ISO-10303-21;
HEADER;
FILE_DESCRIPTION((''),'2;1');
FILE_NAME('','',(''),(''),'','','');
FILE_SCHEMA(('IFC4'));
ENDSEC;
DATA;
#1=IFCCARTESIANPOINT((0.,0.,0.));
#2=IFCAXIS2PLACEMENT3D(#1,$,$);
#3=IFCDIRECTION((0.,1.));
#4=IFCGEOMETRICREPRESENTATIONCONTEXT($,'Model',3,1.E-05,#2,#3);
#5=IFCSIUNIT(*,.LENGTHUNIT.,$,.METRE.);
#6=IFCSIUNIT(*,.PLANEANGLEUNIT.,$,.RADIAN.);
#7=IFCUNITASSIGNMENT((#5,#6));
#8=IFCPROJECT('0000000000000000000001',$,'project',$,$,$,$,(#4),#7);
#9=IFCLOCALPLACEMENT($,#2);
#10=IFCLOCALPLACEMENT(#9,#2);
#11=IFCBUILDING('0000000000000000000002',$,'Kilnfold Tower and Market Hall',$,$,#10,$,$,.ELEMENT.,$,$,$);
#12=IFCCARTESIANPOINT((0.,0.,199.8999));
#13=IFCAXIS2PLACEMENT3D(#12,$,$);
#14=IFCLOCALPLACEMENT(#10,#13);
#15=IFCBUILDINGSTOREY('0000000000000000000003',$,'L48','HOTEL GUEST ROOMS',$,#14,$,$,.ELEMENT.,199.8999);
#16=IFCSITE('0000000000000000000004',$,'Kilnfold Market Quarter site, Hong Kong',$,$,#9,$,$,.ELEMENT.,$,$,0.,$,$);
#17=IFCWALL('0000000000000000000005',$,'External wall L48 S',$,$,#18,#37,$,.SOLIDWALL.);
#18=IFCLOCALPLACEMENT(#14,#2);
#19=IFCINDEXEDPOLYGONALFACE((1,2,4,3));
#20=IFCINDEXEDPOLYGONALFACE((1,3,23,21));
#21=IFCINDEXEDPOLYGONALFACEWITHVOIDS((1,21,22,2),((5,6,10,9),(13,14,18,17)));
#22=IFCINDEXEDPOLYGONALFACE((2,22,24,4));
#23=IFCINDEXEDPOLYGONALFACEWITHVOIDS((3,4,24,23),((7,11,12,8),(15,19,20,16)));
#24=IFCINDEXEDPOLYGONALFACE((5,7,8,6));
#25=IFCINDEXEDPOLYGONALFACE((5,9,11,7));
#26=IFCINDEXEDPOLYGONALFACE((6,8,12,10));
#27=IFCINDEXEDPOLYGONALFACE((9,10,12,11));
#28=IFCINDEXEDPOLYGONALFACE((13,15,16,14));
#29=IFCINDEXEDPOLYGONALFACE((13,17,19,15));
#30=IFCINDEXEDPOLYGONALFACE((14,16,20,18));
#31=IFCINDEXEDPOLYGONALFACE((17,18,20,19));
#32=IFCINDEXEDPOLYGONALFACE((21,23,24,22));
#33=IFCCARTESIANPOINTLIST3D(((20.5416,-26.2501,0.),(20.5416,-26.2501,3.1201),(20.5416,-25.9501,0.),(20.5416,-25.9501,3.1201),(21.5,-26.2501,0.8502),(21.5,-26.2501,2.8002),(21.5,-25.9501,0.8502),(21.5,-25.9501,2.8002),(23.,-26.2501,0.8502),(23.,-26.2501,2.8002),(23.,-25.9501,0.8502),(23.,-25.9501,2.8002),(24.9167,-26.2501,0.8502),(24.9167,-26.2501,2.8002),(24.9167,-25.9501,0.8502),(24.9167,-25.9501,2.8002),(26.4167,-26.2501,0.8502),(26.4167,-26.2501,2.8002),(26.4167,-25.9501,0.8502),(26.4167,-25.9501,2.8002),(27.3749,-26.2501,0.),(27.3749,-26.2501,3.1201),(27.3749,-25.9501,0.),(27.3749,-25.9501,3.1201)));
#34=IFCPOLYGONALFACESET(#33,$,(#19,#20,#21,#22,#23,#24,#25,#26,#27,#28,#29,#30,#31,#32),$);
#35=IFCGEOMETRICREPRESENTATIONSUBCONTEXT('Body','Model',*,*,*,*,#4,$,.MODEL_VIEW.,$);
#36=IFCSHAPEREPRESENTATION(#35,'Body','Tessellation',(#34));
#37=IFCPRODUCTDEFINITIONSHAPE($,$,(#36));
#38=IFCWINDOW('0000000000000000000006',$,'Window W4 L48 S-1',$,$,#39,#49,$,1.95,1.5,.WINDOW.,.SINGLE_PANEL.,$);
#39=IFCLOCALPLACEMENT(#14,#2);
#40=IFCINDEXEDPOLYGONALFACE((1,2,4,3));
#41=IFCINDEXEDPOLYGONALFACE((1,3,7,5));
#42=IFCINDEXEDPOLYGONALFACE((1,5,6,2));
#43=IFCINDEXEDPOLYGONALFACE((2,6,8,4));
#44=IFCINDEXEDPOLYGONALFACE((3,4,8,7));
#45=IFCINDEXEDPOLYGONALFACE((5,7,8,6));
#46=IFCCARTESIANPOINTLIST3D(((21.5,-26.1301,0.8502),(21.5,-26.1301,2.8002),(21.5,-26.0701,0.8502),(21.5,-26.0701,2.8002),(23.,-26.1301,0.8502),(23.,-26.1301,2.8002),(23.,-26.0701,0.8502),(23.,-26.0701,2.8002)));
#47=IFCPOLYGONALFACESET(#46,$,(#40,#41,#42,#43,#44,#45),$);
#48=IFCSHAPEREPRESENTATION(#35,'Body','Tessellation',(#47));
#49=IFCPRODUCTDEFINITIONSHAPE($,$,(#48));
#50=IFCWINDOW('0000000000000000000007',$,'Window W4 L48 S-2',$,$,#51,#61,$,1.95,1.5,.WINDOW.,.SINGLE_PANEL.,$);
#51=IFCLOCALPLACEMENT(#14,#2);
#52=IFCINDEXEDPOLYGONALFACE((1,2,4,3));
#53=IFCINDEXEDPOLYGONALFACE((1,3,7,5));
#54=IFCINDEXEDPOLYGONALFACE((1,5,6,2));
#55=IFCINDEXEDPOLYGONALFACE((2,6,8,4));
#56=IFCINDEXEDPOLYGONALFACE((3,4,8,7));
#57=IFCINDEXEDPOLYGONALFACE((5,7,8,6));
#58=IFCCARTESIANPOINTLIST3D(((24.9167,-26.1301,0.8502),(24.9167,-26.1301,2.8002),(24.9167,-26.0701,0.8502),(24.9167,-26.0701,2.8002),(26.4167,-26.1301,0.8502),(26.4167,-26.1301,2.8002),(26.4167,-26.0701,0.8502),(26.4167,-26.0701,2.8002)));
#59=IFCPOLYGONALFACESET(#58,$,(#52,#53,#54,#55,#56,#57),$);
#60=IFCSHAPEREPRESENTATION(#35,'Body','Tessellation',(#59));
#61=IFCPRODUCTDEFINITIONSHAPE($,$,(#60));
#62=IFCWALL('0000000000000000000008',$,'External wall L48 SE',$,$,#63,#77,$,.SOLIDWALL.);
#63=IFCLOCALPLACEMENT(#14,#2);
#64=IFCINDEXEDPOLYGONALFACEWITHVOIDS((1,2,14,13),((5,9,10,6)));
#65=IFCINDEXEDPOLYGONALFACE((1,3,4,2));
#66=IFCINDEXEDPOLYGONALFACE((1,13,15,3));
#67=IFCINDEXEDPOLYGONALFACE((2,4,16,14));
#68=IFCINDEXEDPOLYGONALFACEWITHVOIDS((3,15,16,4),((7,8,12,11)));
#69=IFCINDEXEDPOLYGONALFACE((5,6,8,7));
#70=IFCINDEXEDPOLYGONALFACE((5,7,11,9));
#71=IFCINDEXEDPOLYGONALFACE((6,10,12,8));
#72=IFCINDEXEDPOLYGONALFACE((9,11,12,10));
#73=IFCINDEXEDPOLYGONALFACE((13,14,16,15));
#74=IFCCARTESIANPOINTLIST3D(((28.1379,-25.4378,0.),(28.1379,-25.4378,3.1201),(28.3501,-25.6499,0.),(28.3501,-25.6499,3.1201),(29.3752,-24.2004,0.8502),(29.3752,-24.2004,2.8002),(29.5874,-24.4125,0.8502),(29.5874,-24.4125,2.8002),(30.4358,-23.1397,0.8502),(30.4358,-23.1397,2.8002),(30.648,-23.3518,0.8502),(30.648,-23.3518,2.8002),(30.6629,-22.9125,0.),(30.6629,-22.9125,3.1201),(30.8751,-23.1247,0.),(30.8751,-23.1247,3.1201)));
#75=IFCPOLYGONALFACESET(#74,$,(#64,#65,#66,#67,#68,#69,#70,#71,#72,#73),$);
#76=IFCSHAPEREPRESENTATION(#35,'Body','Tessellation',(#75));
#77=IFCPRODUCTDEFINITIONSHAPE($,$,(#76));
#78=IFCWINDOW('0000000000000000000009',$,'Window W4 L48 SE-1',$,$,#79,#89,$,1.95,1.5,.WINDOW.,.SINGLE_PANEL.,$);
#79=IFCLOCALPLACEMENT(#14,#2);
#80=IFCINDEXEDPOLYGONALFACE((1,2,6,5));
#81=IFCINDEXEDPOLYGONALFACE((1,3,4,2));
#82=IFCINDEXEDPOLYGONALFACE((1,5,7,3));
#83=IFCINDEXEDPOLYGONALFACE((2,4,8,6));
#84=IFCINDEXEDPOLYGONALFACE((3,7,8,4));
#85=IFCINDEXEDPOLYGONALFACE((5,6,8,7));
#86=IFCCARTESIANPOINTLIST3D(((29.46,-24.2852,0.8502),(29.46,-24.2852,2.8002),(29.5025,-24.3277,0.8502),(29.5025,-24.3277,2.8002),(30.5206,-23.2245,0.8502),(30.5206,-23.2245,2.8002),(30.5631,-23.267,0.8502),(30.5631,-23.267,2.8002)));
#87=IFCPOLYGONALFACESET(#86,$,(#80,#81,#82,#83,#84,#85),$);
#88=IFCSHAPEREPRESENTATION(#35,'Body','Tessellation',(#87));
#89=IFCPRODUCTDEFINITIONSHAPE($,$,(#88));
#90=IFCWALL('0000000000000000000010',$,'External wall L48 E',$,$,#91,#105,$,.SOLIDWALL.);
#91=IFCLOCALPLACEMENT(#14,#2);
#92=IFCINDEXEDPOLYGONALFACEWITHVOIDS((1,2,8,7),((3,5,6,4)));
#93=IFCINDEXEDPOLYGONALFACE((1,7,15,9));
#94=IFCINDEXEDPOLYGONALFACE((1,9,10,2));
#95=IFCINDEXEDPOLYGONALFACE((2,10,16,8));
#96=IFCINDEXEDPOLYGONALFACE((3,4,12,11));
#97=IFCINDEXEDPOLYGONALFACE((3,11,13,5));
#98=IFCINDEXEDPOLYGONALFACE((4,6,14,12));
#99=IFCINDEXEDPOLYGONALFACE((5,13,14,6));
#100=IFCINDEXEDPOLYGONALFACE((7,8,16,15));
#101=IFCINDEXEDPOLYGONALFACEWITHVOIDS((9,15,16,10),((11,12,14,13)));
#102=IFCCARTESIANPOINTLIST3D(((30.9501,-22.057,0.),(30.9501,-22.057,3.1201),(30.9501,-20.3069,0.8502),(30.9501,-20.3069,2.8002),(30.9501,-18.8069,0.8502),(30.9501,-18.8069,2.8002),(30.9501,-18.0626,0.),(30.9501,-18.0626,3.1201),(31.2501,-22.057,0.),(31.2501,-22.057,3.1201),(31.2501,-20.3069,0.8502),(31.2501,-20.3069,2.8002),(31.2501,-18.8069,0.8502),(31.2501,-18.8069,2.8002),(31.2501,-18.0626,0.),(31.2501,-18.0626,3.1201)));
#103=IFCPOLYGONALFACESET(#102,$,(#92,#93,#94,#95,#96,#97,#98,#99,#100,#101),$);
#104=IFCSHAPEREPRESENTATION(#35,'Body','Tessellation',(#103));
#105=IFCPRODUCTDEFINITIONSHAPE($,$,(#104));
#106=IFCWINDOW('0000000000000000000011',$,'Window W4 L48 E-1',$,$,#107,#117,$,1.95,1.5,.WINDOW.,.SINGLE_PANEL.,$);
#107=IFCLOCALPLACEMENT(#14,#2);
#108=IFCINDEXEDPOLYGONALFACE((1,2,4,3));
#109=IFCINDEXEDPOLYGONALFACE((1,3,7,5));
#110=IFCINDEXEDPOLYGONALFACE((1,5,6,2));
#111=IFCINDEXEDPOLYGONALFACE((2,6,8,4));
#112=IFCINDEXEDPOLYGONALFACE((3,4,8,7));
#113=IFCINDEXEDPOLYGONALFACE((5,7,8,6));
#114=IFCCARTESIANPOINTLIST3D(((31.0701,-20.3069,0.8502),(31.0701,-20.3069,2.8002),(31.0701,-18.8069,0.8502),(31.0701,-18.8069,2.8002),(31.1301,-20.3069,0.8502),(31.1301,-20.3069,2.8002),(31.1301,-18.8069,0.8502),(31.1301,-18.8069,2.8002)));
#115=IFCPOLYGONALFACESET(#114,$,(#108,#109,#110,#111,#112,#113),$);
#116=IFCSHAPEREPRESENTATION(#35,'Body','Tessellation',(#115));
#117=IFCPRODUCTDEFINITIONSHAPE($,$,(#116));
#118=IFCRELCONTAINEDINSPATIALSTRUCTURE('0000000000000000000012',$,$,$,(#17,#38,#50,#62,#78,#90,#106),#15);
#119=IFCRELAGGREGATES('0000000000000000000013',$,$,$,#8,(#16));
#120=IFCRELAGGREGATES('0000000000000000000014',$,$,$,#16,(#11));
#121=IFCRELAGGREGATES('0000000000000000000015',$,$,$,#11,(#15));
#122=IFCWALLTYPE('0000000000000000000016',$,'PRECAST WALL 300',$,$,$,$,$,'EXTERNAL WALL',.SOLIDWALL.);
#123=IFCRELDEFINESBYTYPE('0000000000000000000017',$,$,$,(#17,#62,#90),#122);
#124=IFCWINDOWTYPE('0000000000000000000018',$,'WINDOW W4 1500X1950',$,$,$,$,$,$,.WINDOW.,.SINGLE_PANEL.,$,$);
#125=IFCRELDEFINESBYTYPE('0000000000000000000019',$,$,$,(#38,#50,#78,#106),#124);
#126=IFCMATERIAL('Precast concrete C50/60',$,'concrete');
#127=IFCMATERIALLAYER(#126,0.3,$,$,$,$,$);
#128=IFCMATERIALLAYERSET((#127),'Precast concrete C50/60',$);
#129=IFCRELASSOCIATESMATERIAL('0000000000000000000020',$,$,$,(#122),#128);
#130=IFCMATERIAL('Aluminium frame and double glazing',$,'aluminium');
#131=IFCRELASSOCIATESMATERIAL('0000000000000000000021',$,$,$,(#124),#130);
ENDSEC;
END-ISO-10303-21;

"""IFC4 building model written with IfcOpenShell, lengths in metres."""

from ifc_helpers import new_model, si_unit, direction, frame, frame_2d, origin, place, context, subcontext, project, spatial, rectangle, extrude, source, transform, mapped, material, layer, layer_set, type_object, element, fill, save


model = new_model("IFC4")

# Units and contexts
model_context = context("Model", 3, precision=1e-05, world=origin(), true_north=direction((0.0, 1.0)))
body_context = subcontext(model_context, "Body", "Model", "MODEL_VIEW")
ifc_project = project(units=[si_unit("LENGTHUNIT", "METRE"), si_unit("PLANEANGLEUNIT", "RADIAN")], contexts=[model_context])

# Site, building, storey
site_placement = place(None, origin())
site = spatial("IfcSite", under=ifc_project, at=site_placement, Name="Kilnfold Market Quarter site, Hong Kong", CompositionType="ELEMENT", RefElevation=0.0)
building_placement = place(site_placement, origin())
building = spatial("IfcBuilding", under=site, at=building_placement, Name="Kilnfold Tower and Market Hall", CompositionType="ELEMENT")
storey_placement = place(building_placement, frame((0.0, 0.0, 199.8999)))
storey = spatial("IfcBuildingStorey", under=building, at=storey_placement, Name="L48", Description="HOTEL GUEST ROOMS", CompositionType="ELEMENT", Elevation=199.8999)

# Wall, openings, windows
ifc_material_1 = material(Name="Precast concrete C50/60", Category="concrete")
ifc_layer_1 = layer(ifc_material_1, 0.3)
ifc_layer_set_1 = layer_set([ifc_layer_1], Name="Precast concrete C50/60")
wall_type_1 = type_object("IfcWallType", Name="PRECAST WALL 300", ElementType="EXTERNAL WALL", PredefinedType="SOLIDWALL", material=ifc_layer_set_1)
shared_shape_1 = source(origin(), body_context, "Body", "SweptSolid", [
    extrude(rectangle(XDim=6.8333, YDim=0.3, at=frame_2d((3.4165, 0.0))), origin(), (0.0, 0.0, 1.0), 3.1201),
])
wall_1_placement = place(storey_placement, frame((20.5417, -26.1001, 0.0), z_axis=(0.0, 0.0, 1.0), x_axis=(1.0, 0.0, 0.0)))
wall_1 = element("IfcWall", 1, at=wall_1_placement, inside=storey, type_object=wall_type_1, Name="External wall L48 S", PredefinedType="SOLIDWALL", context=body_context, shape_type="MappedRepresentation", body=[
    mapped(shared_shape_1, transform((0.0, 0.0, 0.0))),
])
opening_1_placement = place(wall_1_placement, frame((0.9583, 0.0, 0.8501)))
opening_1 = element("IfcOpeningElement", 2, at=opening_1_placement, cuts=wall_1, PredefinedType="OPENING", context=body_context, shape_type="SweptSolid", body=[
    extrude(rectangle(XDim=1.5, YDim=1.95, at=frame_2d((0.75, 0.9751))), frame((0.0, 0.1602, 0.0), z_axis=(0.0, -1.0, 0.0), x_axis=(1.0, 0.0, 0.0)), (0.0, 0.0, 1.0), 0.3201),
])
opening_2_placement = place(wall_1_placement, frame((4.375, 0.0, 0.8501)))
opening_2 = element("IfcOpeningElement", 3, at=opening_2_placement, cuts=wall_1, PredefinedType="OPENING", context=body_context, shape_type="SweptSolid", body=[
    extrude(rectangle(XDim=1.5, YDim=1.95, at=frame_2d((0.75, 0.9751))), frame((0.0, 0.1602, 0.0), z_axis=(0.0, -1.0, 0.0), x_axis=(1.0, 0.0, 0.0)), (0.0, 0.0, 1.0), 0.3201),
])
ifc_material_2 = material(Name="Aluminium frame and double glazing", Category="aluminium")
window_type = type_object("IfcWindowType", Name="WINDOW W4 1500X1950", PartitioningType="SINGLE_PANEL", PredefinedType="WINDOW", material=ifc_material_2)
window_1_placement = place(opening_1_placement, origin())
window_1 = element("IfcWindow", 4, at=window_1_placement, inside=storey, type_object=window_type, Name="Window W4 L48 S-1", OverallHeight=1.95, OverallWidth=1.5, PartitioningType="SINGLE_PANEL", PredefinedType="WINDOW", context=body_context, shape_type="SweptSolid", body=[
    extrude(rectangle(XDim=1.5, YDim=1.95, at=frame_2d((0.75, 0.9751))), frame((0.0, 0.03, 0.0), z_axis=(0.0, -1.0, 0.0), x_axis=(1.0, 0.0, 0.0)), (0.0, 0.0, 1.0), 0.0601),
])
fill(opening_1, window_1)
window_2_placement = place(opening_2_placement, origin())
window_2 = element("IfcWindow", 5, at=window_2_placement, inside=storey, type_object=window_type, Name="Window W4 L48 S-2", OverallHeight=1.95, OverallWidth=1.5, PartitioningType="SINGLE_PANEL", PredefinedType="WINDOW", context=body_context, shape_type="SweptSolid", body=[
    extrude(rectangle(XDim=1.5, YDim=1.95, at=frame_2d((0.75, 0.9751))), frame((0.0, 0.03, 0.0), z_axis=(0.0, -1.0, 0.0), x_axis=(1.0, 0.0, 0.0)), (0.0, 0.0, 1.0), 0.0601),
])
fill(opening_2, window_2)

# Walls, openings, windows
shared_shape_2 = source(origin(), body_context, "Body", "SweptSolid", [
    extrude(rectangle(XDim=3.571, YDim=0.3, at=frame_2d((1.7856, 0.0))), origin(), (0.0, 0.0, 1.0), 3.1201),
])
wall_2_placement = place(storey_placement, frame((28.2439, -25.5439, 0.0), z_axis=(0.0, 0.0, 1.0), x_axis=(0.707073, 0.707141, 0.0)))
wall_2 = element("IfcWall", 6, at=wall_2_placement, inside=storey, type_object=wall_type_1, Name="External wall L48 SE", PredefinedType="SOLIDWALL", context=body_context, shape_type="MappedRepresentation", body=[
    mapped(shared_shape_2, transform((0.0, 0.0, 0.0))),
])
opening_3_placement = place(wall_2_placement, frame((1.75, 0.0, 0.8501)))
opening_3 = element("IfcOpeningElement", 7, at=opening_3_placement, cuts=wall_2, PredefinedType="OPENING", context=body_context, shape_type="SweptSolid", body=[
    extrude(rectangle(XDim=1.5, YDim=1.95, at=frame_2d((0.75, 0.9751))), frame((0.0, 0.1602, 0.0), z_axis=(0.0, -1.0, 0.0), x_axis=(1.0, 0.0, 0.0)), (0.0, 0.0, 1.0), 0.3201),
])
window_3_placement = place(opening_3_placement, origin())
window_3 = element("IfcWindow", 8, at=window_3_placement, inside=storey, type_object=window_type, Name="Window W4 L48 SE-1", OverallHeight=1.95, OverallWidth=1.5, PartitioningType="SINGLE_PANEL", PredefinedType="WINDOW", context=body_context, shape_type="SweptSolid", body=[
    extrude(rectangle(XDim=1.5, YDim=1.95, at=frame_2d((0.75, 0.9751))), frame((0.0, 0.03, 0.0), z_axis=(0.0, -1.0, 0.0), x_axis=(1.0, 0.0, 0.0)), (0.0, 0.0, 1.0), 0.0601),
])
fill(opening_3, window_3)
shared_shape_3 = source(origin(), body_context, "Body", "SweptSolid", [
    extrude(rectangle(XDim=3.9944, YDim=0.3, at=frame_2d((1.9971, 0.0))), origin(), (0.0, 0.0, 1.0), 3.1201),
])
wall_3_placement = place(storey_placement, frame((31.1001, -22.0569, 0.0), z_axis=(0.0, 0.0, 1.0), x_axis=(0.0, 1.0, 0.0)))
wall_3 = element("IfcWall", 9, at=wall_3_placement, inside=storey, type_object=wall_type_1, Name="External wall L48 E", PredefinedType="SOLIDWALL", context=body_context, shape_type="MappedRepresentation", body=[
    mapped(shared_shape_3, transform((0.0, 0.0, 0.0))),
])
opening_4_placement = place(wall_3_placement, frame((1.75, 0.0, 0.8501)))
opening_4 = element("IfcOpeningElement", 10, at=opening_4_placement, cuts=wall_3, PredefinedType="OPENING", context=body_context, shape_type="SweptSolid", body=[
    extrude(rectangle(XDim=1.5, YDim=1.95, at=frame_2d((0.75, 0.9751))), frame((0.0, 0.1602, 0.0), z_axis=(0.0, -1.0, 0.0), x_axis=(1.0, 0.0, 0.0)), (0.0, 0.0, 1.0), 0.3201),
])
window_4_placement = place(opening_4_placement, origin())
window_4 = element("IfcWindow", 11, at=window_4_placement, inside=storey, type_object=window_type, Name="Window W4 L48 E-1", OverallHeight=1.95, OverallWidth=1.5, PartitioningType="SINGLE_PANEL", PredefinedType="WINDOW", context=body_context, shape_type="SweptSolid", body=[
    extrude(rectangle(XDim=1.5, YDim=1.95, at=frame_2d((0.75, 0.9751))), frame((0.0, 0.03, 0.0), z_axis=(0.0, -1.0, 0.0), x_axis=(1.0, 0.0, 0.0)), (0.0, 0.0, 1.0), 0.0601),
])
fill(opening_4, window_4)

save(model, "model.ifc")
